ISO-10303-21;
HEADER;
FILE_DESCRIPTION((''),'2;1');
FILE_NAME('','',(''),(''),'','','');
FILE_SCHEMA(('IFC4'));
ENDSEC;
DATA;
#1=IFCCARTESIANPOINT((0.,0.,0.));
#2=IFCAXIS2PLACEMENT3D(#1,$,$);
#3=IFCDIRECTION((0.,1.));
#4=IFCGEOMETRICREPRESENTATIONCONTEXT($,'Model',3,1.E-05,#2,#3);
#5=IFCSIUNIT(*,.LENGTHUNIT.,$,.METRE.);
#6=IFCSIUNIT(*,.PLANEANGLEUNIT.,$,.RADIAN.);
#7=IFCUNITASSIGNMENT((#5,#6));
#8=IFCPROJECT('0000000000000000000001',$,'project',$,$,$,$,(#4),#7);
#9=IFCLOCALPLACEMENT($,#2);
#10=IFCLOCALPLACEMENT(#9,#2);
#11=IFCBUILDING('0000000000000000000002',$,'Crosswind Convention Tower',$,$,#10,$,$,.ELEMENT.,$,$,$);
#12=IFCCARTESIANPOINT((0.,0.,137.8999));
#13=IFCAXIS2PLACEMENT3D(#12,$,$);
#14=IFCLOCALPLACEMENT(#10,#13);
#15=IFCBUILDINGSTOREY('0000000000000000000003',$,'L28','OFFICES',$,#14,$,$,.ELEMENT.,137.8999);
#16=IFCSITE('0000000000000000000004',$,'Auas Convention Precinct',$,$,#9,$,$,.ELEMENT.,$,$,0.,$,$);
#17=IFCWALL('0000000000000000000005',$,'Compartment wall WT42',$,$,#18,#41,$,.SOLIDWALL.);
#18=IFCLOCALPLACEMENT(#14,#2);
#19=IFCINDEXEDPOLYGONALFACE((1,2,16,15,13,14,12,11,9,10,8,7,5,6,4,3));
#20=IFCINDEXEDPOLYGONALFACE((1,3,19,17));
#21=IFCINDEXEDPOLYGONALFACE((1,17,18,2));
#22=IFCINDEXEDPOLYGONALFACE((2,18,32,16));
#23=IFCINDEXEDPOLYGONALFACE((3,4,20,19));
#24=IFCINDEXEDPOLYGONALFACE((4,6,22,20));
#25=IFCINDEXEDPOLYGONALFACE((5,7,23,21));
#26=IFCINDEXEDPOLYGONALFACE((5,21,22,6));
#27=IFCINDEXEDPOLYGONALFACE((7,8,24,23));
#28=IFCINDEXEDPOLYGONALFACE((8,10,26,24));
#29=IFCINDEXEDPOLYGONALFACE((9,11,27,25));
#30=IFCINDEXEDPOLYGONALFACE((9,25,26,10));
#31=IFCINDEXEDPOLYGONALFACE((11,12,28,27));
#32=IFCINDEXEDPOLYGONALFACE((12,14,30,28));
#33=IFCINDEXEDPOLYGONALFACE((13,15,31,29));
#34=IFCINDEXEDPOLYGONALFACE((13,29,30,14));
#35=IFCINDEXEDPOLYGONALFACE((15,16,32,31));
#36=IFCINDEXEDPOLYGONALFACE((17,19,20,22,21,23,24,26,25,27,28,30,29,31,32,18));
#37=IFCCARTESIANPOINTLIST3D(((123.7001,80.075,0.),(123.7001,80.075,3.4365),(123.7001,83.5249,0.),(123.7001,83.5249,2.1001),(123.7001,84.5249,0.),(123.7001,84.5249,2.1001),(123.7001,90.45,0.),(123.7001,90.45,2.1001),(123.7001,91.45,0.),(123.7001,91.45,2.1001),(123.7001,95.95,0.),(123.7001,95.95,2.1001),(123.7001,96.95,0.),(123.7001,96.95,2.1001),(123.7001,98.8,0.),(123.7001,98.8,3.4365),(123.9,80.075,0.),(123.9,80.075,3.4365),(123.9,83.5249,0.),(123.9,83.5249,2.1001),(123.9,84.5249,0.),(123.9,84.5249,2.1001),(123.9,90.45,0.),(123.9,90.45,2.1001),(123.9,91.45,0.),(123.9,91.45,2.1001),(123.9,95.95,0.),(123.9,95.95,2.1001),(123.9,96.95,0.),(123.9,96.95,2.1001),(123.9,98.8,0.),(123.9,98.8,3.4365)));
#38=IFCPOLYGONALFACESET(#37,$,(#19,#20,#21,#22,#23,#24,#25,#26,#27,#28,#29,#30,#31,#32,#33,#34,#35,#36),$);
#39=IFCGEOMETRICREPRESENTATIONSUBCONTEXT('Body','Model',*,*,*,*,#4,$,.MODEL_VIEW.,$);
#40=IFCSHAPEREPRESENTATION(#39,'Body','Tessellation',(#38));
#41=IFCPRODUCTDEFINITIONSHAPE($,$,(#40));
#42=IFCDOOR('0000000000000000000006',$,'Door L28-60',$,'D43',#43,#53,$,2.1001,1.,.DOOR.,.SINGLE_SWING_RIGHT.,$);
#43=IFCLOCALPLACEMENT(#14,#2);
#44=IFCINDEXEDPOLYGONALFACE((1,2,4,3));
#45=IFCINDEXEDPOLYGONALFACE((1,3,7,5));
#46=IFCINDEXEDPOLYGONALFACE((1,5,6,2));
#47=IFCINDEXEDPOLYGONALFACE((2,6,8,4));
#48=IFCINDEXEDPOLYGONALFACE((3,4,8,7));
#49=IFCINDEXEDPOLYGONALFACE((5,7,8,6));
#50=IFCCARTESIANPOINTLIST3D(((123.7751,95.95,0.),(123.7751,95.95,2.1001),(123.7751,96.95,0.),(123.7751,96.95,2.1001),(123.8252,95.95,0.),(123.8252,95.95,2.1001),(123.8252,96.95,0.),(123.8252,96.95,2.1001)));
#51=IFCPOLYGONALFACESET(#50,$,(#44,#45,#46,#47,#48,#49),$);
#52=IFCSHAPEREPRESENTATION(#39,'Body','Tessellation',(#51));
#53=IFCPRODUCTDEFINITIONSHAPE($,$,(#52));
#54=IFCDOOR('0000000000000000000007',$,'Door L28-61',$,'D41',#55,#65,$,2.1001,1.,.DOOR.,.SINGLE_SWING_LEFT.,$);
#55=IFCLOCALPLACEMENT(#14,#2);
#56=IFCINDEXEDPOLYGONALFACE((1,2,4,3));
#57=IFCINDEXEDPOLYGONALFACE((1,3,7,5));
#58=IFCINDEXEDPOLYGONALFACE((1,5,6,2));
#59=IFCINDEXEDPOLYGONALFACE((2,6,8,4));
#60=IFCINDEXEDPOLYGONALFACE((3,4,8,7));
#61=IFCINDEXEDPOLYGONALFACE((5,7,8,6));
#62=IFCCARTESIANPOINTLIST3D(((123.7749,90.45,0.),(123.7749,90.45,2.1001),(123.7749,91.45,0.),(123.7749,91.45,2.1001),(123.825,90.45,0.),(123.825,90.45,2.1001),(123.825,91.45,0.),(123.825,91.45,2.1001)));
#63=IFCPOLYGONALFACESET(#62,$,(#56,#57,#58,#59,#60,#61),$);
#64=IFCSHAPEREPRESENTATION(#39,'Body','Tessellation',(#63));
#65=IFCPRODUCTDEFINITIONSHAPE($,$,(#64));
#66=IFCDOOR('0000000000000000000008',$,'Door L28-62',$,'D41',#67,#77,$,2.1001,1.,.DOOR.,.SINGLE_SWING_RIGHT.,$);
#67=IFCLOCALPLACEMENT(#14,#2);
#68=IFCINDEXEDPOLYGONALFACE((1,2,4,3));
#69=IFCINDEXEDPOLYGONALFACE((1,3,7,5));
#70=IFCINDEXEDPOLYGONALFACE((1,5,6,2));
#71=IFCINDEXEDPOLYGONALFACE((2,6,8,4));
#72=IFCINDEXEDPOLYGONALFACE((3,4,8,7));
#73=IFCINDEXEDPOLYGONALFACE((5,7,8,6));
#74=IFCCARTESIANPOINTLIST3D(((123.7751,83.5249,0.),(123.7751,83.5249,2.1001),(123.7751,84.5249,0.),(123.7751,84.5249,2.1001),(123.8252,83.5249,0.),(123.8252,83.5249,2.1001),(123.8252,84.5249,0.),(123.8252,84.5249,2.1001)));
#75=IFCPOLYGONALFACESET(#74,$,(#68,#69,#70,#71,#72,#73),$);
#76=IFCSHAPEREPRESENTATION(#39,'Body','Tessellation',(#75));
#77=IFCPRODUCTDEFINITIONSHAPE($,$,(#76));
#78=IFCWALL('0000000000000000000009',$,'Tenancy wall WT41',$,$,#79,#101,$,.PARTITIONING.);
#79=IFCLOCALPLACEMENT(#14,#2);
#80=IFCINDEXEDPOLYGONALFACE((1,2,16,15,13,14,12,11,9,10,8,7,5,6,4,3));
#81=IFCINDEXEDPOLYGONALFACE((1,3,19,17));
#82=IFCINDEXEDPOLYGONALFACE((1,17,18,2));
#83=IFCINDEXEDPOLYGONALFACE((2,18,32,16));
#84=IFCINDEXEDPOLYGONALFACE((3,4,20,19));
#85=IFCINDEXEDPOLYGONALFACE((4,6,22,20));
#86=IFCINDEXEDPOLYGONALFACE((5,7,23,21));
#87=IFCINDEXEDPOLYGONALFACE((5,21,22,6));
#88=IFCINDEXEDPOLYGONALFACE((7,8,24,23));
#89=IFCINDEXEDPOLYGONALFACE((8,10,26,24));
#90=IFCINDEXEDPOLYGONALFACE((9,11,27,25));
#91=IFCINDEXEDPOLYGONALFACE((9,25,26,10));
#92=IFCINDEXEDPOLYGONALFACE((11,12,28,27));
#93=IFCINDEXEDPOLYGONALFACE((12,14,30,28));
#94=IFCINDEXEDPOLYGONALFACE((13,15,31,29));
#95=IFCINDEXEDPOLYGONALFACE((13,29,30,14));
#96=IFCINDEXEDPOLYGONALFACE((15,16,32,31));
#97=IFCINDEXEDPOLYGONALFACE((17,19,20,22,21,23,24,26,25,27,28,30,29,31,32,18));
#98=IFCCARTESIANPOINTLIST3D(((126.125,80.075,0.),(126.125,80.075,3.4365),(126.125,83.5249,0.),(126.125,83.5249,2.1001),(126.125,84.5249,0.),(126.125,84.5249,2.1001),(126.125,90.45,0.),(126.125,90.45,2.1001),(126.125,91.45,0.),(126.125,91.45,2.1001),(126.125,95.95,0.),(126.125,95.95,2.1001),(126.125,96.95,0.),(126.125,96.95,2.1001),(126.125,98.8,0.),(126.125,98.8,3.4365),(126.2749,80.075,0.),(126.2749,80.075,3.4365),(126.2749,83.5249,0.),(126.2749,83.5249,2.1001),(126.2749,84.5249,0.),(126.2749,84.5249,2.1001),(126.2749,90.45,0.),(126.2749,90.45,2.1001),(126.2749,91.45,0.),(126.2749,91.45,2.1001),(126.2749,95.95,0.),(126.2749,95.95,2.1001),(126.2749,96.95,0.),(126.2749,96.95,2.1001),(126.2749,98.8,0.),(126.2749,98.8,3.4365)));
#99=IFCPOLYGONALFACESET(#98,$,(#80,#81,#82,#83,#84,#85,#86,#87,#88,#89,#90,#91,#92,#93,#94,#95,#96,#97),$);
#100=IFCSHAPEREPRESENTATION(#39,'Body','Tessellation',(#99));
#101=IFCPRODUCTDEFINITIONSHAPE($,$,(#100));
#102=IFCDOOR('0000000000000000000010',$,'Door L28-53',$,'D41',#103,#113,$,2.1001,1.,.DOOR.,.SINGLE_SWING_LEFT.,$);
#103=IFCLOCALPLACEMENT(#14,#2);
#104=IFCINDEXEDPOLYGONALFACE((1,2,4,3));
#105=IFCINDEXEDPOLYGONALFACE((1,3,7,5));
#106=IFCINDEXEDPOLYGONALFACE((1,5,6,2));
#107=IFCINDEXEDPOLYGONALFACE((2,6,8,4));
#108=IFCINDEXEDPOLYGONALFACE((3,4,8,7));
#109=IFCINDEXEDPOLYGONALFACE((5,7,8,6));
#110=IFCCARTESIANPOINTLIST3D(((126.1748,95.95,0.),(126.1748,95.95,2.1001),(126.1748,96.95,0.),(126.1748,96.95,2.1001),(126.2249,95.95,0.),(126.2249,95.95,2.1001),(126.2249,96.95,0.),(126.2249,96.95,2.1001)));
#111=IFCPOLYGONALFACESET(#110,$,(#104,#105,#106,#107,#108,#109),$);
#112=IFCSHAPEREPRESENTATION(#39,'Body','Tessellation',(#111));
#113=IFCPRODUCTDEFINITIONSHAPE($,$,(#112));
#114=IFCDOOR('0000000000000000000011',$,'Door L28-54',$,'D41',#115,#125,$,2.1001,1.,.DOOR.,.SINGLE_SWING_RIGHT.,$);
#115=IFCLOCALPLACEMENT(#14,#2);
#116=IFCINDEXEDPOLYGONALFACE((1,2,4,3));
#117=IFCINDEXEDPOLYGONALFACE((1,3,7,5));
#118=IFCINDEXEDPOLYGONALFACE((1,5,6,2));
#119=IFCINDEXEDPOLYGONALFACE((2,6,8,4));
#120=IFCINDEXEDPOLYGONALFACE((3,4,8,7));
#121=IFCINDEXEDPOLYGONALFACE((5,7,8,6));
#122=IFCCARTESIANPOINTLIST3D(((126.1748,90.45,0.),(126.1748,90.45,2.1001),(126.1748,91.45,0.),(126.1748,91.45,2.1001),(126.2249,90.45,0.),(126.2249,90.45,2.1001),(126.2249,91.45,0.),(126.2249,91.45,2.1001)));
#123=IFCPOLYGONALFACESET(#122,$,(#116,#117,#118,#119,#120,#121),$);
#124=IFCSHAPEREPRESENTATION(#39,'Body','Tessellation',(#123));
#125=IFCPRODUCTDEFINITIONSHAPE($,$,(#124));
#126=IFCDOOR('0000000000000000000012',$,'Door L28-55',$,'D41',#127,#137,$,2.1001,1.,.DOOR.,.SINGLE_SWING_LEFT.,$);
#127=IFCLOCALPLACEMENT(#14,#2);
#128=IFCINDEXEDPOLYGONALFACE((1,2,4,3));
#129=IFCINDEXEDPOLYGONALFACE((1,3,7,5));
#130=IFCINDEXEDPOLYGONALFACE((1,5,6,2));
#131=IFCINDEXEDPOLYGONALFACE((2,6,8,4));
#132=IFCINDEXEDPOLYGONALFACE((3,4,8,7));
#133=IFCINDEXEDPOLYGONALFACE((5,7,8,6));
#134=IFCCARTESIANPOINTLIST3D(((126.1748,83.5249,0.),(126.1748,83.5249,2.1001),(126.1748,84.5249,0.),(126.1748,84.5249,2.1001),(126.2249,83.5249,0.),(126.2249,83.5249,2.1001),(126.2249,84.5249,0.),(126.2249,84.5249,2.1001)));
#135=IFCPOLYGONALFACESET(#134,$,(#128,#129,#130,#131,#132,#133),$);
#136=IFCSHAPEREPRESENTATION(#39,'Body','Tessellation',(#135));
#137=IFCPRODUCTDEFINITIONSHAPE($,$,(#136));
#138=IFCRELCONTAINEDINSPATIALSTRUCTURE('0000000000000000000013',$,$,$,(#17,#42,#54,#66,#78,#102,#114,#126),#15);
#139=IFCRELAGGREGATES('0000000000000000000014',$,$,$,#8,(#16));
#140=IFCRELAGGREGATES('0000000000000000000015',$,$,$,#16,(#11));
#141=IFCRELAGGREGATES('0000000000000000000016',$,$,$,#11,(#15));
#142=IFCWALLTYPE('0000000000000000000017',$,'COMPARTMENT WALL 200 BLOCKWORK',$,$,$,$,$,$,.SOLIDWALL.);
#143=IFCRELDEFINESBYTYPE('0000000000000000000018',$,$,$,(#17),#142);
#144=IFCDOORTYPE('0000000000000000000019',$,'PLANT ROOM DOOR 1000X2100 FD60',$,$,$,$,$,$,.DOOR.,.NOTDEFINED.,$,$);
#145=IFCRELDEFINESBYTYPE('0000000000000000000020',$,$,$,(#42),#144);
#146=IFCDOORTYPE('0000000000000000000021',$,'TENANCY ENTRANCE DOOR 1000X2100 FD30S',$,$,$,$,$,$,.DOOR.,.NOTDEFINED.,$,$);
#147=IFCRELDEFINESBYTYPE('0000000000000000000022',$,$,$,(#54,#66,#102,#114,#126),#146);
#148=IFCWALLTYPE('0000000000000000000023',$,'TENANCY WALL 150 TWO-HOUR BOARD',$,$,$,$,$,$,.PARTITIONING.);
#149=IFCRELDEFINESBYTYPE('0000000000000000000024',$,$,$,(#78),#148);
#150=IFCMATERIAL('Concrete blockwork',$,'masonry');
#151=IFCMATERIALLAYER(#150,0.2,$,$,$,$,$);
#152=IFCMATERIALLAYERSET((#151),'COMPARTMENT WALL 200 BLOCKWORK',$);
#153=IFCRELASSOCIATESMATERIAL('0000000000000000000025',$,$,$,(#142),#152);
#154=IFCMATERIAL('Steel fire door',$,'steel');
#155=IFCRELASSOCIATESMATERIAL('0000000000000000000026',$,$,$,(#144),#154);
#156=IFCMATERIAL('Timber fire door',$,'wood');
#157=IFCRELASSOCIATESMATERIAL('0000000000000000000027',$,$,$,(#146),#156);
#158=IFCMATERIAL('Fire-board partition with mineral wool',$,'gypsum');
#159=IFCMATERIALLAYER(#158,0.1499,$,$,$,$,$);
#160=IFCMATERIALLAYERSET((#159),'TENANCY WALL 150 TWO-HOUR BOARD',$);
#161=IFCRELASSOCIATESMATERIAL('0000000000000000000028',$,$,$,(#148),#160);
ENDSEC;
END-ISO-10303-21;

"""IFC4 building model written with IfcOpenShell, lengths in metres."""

from ifc_helpers import new_model, si_unit, direction, frame, frame_2d, origin, place, context, subcontext, project, spatial, rectangle, extrude, material, layer, layer_set, type_object, element, fill, save


model = new_model("IFC4")

# Units and contexts
model_context = context("Model", 3, precision=1e-05, world=origin(), true_north=direction((0.0, 1.0)))
body_context = subcontext(model_context, "Body", "Model", "MODEL_VIEW")
ifc_project = project(units=[si_unit("LENGTHUNIT", "METRE"), si_unit("PLANEANGLEUNIT", "RADIAN")], contexts=[model_context])

# Site, building, storey
site_placement = place(None, origin())
site = spatial("IfcSite", under=ifc_project, at=site_placement, Name="Auas Convention Precinct", CompositionType="ELEMENT", RefElevation=0.0)
building_placement = place(site_placement, origin())
building = spatial("IfcBuilding", under=site, at=building_placement, Name="Crosswind Convention Tower", CompositionType="ELEMENT")
storey_placement = place(building_placement, frame((0.0, 0.0, 137.8999)))
storey = spatial("IfcBuildingStorey", under=building, at=storey_placement, Name="L28", Description="OFFICES", CompositionType="ELEMENT", Elevation=137.8999)

# Walls, openings, doors
ifc_material_1 = material(Name="Concrete blockwork", Category="masonry")
ifc_layer_1 = layer(ifc_material_1, 0.2)
ifc_layer_set_1 = layer_set([ifc_layer_1], Name="COMPARTMENT WALL 200 BLOCKWORK")
wall_type_1 = type_object("IfcWallType", Name="COMPARTMENT WALL 200 BLOCKWORK", PredefinedType="SOLIDWALL", material=ifc_layer_set_1)
wall_1_placement = place(storey_placement, frame((123.8, 80.075, 0.0), z_axis=(0.0, 0.0, 1.0), x_axis=(0.0, 1.0, 0.0)))
wall_1 = element("IfcWall", 1, at=wall_1_placement, inside=storey, type_object=wall_type_1, Name="Compartment wall WT42", PredefinedType="SOLIDWALL", context=body_context, shape_type="SweptSolid", body=[
    extrude(rectangle(XDim=18.7251, YDim=0.2, at=frame_2d((9.3625, 0.0))), origin(), (0.0, 0.0, 1.0), 3.4365),
])
opening_1_placement = place(wall_1_placement, frame((15.875, 0.0, 0.0)))
opening_1 = element("IfcOpeningElement", 2, at=opening_1_placement, cuts=wall_1, PredefinedType="OPENING", context=body_context, shape_type="SweptSolid", body=[
    extrude(rectangle(XDim=1.0, YDim=2.1001, at=frame_2d((0.5, 1.05))), frame((0.0, 0.1099, 0.0), z_axis=(0.0, -1.0, 0.0), x_axis=(1.0, 0.0, 0.0)), (0.0, 0.0, 1.0), 0.22),
])
opening_2_placement = place(wall_1_placement, frame((10.375, 0.0, 0.0)))
opening_2 = element("IfcOpeningElement", 3, at=opening_2_placement, cuts=wall_1, PredefinedType="OPENING", context=body_context, shape_type="SweptSolid", body=[
    extrude(rectangle(XDim=1.0, YDim=2.1001, at=frame_2d((0.5, 1.05))), frame((0.0, 0.1099, 0.0), z_axis=(0.0, -1.0, 0.0), x_axis=(1.0, 0.0, 0.0)), (0.0, 0.0, 1.0), 0.22),
])
opening_3_placement = place(wall_1_placement, frame((3.45, 0.0, 0.0)))
opening_3 = element("IfcOpeningElement", 4, at=opening_3_placement, cuts=wall_1, PredefinedType="OPENING", context=body_context, shape_type="SweptSolid", body=[
    extrude(rectangle(XDim=1.0, YDim=2.1001, at=frame_2d((0.5, 1.05))), frame((0.0, 0.1099, 0.0), z_axis=(0.0, -1.0, 0.0), x_axis=(1.0, 0.0, 0.0)), (0.0, 0.0, 1.0), 0.22),
])
ifc_material_2 = material(Name="Steel fire door", Category="steel")
door_type_1 = type_object("IfcDoorType", Name="PLANT ROOM DOOR 1000X2100 FD60", OperationType="NOTDEFINED", PredefinedType="DOOR", material=ifc_material_2)
door_1_placement = place(opening_1_placement, origin())
door_1 = element("IfcDoor", 5, at=door_1_placement, inside=storey, type_object=door_type_1, Name="Door L28-60", ObjectType="D43", OperationType="SINGLE_SWING_RIGHT", OverallHeight=2.1001, OverallWidth=1.0, PredefinedType="DOOR", context=body_context, shape_type="SweptSolid", body=[
    extrude(rectangle(XDim=1.0, YDim=2.1001, at=frame_2d((0.5, 1.05))), frame((0.0, 0.0249, 0.0), z_axis=(0.0, -1.0, 0.0), x_axis=(1.0, 0.0, 0.0)), (0.0, 0.0, 1.0), 0.05),
])
fill(opening_1, door_1)
ifc_material_3 = material(Name="Timber fire door", Category="wood")
door_type_2 = type_object("IfcDoorType", Name="TENANCY ENTRANCE DOOR 1000X2100 FD30S", OperationType="NOTDEFINED", PredefinedType="DOOR", material=ifc_material_3)
door_2_placement = place(opening_2_placement, frame((1.0, 0.0, 0.0), z_axis=(0.0, 0.0, 1.0), x_axis=(-1.0, 0.0, 0.0)))
door_2 = element("IfcDoor", 6, at=door_2_placement, inside=storey, type_object=door_type_2, Name="Door L28-61", ObjectType="D41", OperationType="SINGLE_SWING_LEFT", OverallHeight=2.1001, OverallWidth=1.0, PredefinedType="DOOR", context=body_context, shape_type="SweptSolid", body=[
    extrude(rectangle(XDim=1.0, YDim=2.1001, at=frame_2d((0.5, 1.05))), frame((0.0, 0.0249, 0.0), z_axis=(0.0, -1.0, 0.0), x_axis=(1.0, 0.0, 0.0)), (0.0, 0.0, 1.0), 0.05),
])
fill(opening_2, door_2)
door_3_placement = place(opening_3_placement, origin())
door_3 = element("IfcDoor", 7, at=door_3_placement, inside=storey, type_object=door_type_2, Name="Door L28-62", ObjectType="D41", OperationType="SINGLE_SWING_RIGHT", OverallHeight=2.1001, OverallWidth=1.0, PredefinedType="DOOR", context=body_context, shape_type="SweptSolid", body=[
    extrude(rectangle(XDim=1.0, YDim=2.1001, at=frame_2d((0.5, 1.05))), frame((0.0, 0.0249, 0.0), z_axis=(0.0, -1.0, 0.0), x_axis=(1.0, 0.0, 0.0)), (0.0, 0.0, 1.0), 0.05),
])
fill(opening_3, door_3)
ifc_material_4 = material(Name="Fire-board partition with mineral wool", Category="gypsum")
ifc_layer_2 = layer(ifc_material_4, 0.1499)
ifc_layer_set_2 = layer_set([ifc_layer_2], Name="TENANCY WALL 150 TWO-HOUR BOARD")
wall_type_2 = type_object("IfcWallType", Name="TENANCY WALL 150 TWO-HOUR BOARD", PredefinedType="PARTITIONING", material=ifc_layer_set_2)
wall_2_placement = place(storey_placement, frame((126.2, 80.075, 0.0), z_axis=(0.0, 0.0, 1.0), x_axis=(0.0, 1.0, 0.0)))
wall_2 = element("IfcWall", 8, at=wall_2_placement, inside=storey, type_object=wall_type_2, Name="Tenancy wall WT41", PredefinedType="PARTITIONING", context=body_context, shape_type="SweptSolid", body=[
    extrude(rectangle(XDim=18.7251, YDim=0.1499, at=frame_2d((9.3625, 0.0))), origin(), (0.0, 0.0, 1.0), 3.4365),
])
opening_4_placement = place(wall_2_placement, frame((15.875, 0.0, 0.0)))
opening_4 = element("IfcOpeningElement", 9, at=opening_4_placement, cuts=wall_2, PredefinedType="OPENING", context=body_context, shape_type="SweptSolid", body=[
    extrude(rectangle(XDim=1.0, YDim=2.1001, at=frame_2d((0.5, 1.05))), frame((0.0, 0.085, 0.0), z_axis=(0.0, -1.0, 0.0), x_axis=(1.0, 0.0, 0.0)), (0.0, 0.0, 1.0), 0.1699),
])
opening_5_placement = place(wall_2_placement, frame((10.375, 0.0, 0.0)))
opening_5 = element("IfcOpeningElement", 10, at=opening_5_placement, cuts=wall_2, PredefinedType="OPENING", context=body_context, shape_type="SweptSolid", body=[
    extrude(rectangle(XDim=1.0, YDim=2.1001, at=frame_2d((0.5, 1.05))), frame((0.0, 0.085, 0.0), z_axis=(0.0, -1.0, 0.0), x_axis=(1.0, 0.0, 0.0)), (0.0, 0.0, 1.0), 0.1699),
])
opening_6_placement = place(wall_2_placement, frame((3.45, 0.0, 0.0)))
opening_6 = element("IfcOpeningElement", 11, at=opening_6_placement, cuts=wall_2, PredefinedType="OPENING", context=body_context, shape_type="SweptSolid", body=[
    extrude(rectangle(XDim=1.0, YDim=2.1001, at=frame_2d((0.5, 1.05))), frame((0.0, 0.085, 0.0), z_axis=(0.0, -1.0, 0.0), x_axis=(1.0, 0.0, 0.0)), (0.0, 0.0, 1.0), 0.1699),
])
door_4_placement = place(opening_4_placement, frame((1.0, 0.0, 0.0), z_axis=(0.0, 0.0, 1.0), x_axis=(-1.0, 0.0, 0.0)))
door_4 = element("IfcDoor", 12, at=door_4_placement, inside=storey, type_object=door_type_2, Name="Door L28-53", ObjectType="D41", OperationType="SINGLE_SWING_LEFT", OverallHeight=2.1001, OverallWidth=1.0, PredefinedType="DOOR", context=body_context, shape_type="SweptSolid", body=[
    extrude(rectangle(XDim=1.0, YDim=2.1001, at=frame_2d((0.5, 1.05))), frame((0.0, 0.0249, 0.0), z_axis=(0.0, -1.0, 0.0), x_axis=(1.0, 0.0, 0.0)), (0.0, 0.0, 1.0), 0.05),
])
fill(opening_4, door_4)
door_5_placement = place(opening_5_placement, frame((1.0, 0.0, 0.0), z_axis=(0.0, 0.0, 1.0), x_axis=(-1.0, 0.0, 0.0)))
door_5 = element("IfcDoor", 13, at=door_5_placement, inside=storey, type_object=door_type_2, Name="Door L28-54", ObjectType="D41", OperationType="SINGLE_SWING_RIGHT", OverallHeight=2.1001, OverallWidth=1.0, PredefinedType="DOOR", context=body_context, shape_type="SweptSolid", body=[
    extrude(rectangle(XDim=1.0, YDim=2.1001, at=frame_2d((0.5, 1.05))), frame((0.0, 0.0249, 0.0), z_axis=(0.0, -1.0, 0.0), x_axis=(1.0, 0.0, 0.0)), (0.0, 0.0, 1.0), 0.05),
])
fill(opening_5, door_5)
door_6_placement = place(opening_6_placement, frame((1.0, 0.0, 0.0), z_axis=(0.0, 0.0, 1.0), x_axis=(-1.0, 0.0, 0.0)))
door_6 = element("IfcDoor", 14, at=door_6_placement, inside=storey, type_object=door_type_2, Name="Door L28-55", ObjectType="D41", OperationType="SINGLE_SWING_LEFT", OverallHeight=2.1001, OverallWidth=1.0, PredefinedType="DOOR", context=body_context, shape_type="SweptSolid", body=[
    extrude(rectangle(XDim=1.0, YDim=2.1001, at=frame_2d((0.5, 1.05))), frame((0.0, 0.0249, 0.0), z_axis=(0.0, -1.0, 0.0), x_axis=(1.0, 0.0, 0.0)), (0.0, 0.0, 1.0), 0.05),
])
fill(opening_6, door_6)

save(model, "model.ifc")
